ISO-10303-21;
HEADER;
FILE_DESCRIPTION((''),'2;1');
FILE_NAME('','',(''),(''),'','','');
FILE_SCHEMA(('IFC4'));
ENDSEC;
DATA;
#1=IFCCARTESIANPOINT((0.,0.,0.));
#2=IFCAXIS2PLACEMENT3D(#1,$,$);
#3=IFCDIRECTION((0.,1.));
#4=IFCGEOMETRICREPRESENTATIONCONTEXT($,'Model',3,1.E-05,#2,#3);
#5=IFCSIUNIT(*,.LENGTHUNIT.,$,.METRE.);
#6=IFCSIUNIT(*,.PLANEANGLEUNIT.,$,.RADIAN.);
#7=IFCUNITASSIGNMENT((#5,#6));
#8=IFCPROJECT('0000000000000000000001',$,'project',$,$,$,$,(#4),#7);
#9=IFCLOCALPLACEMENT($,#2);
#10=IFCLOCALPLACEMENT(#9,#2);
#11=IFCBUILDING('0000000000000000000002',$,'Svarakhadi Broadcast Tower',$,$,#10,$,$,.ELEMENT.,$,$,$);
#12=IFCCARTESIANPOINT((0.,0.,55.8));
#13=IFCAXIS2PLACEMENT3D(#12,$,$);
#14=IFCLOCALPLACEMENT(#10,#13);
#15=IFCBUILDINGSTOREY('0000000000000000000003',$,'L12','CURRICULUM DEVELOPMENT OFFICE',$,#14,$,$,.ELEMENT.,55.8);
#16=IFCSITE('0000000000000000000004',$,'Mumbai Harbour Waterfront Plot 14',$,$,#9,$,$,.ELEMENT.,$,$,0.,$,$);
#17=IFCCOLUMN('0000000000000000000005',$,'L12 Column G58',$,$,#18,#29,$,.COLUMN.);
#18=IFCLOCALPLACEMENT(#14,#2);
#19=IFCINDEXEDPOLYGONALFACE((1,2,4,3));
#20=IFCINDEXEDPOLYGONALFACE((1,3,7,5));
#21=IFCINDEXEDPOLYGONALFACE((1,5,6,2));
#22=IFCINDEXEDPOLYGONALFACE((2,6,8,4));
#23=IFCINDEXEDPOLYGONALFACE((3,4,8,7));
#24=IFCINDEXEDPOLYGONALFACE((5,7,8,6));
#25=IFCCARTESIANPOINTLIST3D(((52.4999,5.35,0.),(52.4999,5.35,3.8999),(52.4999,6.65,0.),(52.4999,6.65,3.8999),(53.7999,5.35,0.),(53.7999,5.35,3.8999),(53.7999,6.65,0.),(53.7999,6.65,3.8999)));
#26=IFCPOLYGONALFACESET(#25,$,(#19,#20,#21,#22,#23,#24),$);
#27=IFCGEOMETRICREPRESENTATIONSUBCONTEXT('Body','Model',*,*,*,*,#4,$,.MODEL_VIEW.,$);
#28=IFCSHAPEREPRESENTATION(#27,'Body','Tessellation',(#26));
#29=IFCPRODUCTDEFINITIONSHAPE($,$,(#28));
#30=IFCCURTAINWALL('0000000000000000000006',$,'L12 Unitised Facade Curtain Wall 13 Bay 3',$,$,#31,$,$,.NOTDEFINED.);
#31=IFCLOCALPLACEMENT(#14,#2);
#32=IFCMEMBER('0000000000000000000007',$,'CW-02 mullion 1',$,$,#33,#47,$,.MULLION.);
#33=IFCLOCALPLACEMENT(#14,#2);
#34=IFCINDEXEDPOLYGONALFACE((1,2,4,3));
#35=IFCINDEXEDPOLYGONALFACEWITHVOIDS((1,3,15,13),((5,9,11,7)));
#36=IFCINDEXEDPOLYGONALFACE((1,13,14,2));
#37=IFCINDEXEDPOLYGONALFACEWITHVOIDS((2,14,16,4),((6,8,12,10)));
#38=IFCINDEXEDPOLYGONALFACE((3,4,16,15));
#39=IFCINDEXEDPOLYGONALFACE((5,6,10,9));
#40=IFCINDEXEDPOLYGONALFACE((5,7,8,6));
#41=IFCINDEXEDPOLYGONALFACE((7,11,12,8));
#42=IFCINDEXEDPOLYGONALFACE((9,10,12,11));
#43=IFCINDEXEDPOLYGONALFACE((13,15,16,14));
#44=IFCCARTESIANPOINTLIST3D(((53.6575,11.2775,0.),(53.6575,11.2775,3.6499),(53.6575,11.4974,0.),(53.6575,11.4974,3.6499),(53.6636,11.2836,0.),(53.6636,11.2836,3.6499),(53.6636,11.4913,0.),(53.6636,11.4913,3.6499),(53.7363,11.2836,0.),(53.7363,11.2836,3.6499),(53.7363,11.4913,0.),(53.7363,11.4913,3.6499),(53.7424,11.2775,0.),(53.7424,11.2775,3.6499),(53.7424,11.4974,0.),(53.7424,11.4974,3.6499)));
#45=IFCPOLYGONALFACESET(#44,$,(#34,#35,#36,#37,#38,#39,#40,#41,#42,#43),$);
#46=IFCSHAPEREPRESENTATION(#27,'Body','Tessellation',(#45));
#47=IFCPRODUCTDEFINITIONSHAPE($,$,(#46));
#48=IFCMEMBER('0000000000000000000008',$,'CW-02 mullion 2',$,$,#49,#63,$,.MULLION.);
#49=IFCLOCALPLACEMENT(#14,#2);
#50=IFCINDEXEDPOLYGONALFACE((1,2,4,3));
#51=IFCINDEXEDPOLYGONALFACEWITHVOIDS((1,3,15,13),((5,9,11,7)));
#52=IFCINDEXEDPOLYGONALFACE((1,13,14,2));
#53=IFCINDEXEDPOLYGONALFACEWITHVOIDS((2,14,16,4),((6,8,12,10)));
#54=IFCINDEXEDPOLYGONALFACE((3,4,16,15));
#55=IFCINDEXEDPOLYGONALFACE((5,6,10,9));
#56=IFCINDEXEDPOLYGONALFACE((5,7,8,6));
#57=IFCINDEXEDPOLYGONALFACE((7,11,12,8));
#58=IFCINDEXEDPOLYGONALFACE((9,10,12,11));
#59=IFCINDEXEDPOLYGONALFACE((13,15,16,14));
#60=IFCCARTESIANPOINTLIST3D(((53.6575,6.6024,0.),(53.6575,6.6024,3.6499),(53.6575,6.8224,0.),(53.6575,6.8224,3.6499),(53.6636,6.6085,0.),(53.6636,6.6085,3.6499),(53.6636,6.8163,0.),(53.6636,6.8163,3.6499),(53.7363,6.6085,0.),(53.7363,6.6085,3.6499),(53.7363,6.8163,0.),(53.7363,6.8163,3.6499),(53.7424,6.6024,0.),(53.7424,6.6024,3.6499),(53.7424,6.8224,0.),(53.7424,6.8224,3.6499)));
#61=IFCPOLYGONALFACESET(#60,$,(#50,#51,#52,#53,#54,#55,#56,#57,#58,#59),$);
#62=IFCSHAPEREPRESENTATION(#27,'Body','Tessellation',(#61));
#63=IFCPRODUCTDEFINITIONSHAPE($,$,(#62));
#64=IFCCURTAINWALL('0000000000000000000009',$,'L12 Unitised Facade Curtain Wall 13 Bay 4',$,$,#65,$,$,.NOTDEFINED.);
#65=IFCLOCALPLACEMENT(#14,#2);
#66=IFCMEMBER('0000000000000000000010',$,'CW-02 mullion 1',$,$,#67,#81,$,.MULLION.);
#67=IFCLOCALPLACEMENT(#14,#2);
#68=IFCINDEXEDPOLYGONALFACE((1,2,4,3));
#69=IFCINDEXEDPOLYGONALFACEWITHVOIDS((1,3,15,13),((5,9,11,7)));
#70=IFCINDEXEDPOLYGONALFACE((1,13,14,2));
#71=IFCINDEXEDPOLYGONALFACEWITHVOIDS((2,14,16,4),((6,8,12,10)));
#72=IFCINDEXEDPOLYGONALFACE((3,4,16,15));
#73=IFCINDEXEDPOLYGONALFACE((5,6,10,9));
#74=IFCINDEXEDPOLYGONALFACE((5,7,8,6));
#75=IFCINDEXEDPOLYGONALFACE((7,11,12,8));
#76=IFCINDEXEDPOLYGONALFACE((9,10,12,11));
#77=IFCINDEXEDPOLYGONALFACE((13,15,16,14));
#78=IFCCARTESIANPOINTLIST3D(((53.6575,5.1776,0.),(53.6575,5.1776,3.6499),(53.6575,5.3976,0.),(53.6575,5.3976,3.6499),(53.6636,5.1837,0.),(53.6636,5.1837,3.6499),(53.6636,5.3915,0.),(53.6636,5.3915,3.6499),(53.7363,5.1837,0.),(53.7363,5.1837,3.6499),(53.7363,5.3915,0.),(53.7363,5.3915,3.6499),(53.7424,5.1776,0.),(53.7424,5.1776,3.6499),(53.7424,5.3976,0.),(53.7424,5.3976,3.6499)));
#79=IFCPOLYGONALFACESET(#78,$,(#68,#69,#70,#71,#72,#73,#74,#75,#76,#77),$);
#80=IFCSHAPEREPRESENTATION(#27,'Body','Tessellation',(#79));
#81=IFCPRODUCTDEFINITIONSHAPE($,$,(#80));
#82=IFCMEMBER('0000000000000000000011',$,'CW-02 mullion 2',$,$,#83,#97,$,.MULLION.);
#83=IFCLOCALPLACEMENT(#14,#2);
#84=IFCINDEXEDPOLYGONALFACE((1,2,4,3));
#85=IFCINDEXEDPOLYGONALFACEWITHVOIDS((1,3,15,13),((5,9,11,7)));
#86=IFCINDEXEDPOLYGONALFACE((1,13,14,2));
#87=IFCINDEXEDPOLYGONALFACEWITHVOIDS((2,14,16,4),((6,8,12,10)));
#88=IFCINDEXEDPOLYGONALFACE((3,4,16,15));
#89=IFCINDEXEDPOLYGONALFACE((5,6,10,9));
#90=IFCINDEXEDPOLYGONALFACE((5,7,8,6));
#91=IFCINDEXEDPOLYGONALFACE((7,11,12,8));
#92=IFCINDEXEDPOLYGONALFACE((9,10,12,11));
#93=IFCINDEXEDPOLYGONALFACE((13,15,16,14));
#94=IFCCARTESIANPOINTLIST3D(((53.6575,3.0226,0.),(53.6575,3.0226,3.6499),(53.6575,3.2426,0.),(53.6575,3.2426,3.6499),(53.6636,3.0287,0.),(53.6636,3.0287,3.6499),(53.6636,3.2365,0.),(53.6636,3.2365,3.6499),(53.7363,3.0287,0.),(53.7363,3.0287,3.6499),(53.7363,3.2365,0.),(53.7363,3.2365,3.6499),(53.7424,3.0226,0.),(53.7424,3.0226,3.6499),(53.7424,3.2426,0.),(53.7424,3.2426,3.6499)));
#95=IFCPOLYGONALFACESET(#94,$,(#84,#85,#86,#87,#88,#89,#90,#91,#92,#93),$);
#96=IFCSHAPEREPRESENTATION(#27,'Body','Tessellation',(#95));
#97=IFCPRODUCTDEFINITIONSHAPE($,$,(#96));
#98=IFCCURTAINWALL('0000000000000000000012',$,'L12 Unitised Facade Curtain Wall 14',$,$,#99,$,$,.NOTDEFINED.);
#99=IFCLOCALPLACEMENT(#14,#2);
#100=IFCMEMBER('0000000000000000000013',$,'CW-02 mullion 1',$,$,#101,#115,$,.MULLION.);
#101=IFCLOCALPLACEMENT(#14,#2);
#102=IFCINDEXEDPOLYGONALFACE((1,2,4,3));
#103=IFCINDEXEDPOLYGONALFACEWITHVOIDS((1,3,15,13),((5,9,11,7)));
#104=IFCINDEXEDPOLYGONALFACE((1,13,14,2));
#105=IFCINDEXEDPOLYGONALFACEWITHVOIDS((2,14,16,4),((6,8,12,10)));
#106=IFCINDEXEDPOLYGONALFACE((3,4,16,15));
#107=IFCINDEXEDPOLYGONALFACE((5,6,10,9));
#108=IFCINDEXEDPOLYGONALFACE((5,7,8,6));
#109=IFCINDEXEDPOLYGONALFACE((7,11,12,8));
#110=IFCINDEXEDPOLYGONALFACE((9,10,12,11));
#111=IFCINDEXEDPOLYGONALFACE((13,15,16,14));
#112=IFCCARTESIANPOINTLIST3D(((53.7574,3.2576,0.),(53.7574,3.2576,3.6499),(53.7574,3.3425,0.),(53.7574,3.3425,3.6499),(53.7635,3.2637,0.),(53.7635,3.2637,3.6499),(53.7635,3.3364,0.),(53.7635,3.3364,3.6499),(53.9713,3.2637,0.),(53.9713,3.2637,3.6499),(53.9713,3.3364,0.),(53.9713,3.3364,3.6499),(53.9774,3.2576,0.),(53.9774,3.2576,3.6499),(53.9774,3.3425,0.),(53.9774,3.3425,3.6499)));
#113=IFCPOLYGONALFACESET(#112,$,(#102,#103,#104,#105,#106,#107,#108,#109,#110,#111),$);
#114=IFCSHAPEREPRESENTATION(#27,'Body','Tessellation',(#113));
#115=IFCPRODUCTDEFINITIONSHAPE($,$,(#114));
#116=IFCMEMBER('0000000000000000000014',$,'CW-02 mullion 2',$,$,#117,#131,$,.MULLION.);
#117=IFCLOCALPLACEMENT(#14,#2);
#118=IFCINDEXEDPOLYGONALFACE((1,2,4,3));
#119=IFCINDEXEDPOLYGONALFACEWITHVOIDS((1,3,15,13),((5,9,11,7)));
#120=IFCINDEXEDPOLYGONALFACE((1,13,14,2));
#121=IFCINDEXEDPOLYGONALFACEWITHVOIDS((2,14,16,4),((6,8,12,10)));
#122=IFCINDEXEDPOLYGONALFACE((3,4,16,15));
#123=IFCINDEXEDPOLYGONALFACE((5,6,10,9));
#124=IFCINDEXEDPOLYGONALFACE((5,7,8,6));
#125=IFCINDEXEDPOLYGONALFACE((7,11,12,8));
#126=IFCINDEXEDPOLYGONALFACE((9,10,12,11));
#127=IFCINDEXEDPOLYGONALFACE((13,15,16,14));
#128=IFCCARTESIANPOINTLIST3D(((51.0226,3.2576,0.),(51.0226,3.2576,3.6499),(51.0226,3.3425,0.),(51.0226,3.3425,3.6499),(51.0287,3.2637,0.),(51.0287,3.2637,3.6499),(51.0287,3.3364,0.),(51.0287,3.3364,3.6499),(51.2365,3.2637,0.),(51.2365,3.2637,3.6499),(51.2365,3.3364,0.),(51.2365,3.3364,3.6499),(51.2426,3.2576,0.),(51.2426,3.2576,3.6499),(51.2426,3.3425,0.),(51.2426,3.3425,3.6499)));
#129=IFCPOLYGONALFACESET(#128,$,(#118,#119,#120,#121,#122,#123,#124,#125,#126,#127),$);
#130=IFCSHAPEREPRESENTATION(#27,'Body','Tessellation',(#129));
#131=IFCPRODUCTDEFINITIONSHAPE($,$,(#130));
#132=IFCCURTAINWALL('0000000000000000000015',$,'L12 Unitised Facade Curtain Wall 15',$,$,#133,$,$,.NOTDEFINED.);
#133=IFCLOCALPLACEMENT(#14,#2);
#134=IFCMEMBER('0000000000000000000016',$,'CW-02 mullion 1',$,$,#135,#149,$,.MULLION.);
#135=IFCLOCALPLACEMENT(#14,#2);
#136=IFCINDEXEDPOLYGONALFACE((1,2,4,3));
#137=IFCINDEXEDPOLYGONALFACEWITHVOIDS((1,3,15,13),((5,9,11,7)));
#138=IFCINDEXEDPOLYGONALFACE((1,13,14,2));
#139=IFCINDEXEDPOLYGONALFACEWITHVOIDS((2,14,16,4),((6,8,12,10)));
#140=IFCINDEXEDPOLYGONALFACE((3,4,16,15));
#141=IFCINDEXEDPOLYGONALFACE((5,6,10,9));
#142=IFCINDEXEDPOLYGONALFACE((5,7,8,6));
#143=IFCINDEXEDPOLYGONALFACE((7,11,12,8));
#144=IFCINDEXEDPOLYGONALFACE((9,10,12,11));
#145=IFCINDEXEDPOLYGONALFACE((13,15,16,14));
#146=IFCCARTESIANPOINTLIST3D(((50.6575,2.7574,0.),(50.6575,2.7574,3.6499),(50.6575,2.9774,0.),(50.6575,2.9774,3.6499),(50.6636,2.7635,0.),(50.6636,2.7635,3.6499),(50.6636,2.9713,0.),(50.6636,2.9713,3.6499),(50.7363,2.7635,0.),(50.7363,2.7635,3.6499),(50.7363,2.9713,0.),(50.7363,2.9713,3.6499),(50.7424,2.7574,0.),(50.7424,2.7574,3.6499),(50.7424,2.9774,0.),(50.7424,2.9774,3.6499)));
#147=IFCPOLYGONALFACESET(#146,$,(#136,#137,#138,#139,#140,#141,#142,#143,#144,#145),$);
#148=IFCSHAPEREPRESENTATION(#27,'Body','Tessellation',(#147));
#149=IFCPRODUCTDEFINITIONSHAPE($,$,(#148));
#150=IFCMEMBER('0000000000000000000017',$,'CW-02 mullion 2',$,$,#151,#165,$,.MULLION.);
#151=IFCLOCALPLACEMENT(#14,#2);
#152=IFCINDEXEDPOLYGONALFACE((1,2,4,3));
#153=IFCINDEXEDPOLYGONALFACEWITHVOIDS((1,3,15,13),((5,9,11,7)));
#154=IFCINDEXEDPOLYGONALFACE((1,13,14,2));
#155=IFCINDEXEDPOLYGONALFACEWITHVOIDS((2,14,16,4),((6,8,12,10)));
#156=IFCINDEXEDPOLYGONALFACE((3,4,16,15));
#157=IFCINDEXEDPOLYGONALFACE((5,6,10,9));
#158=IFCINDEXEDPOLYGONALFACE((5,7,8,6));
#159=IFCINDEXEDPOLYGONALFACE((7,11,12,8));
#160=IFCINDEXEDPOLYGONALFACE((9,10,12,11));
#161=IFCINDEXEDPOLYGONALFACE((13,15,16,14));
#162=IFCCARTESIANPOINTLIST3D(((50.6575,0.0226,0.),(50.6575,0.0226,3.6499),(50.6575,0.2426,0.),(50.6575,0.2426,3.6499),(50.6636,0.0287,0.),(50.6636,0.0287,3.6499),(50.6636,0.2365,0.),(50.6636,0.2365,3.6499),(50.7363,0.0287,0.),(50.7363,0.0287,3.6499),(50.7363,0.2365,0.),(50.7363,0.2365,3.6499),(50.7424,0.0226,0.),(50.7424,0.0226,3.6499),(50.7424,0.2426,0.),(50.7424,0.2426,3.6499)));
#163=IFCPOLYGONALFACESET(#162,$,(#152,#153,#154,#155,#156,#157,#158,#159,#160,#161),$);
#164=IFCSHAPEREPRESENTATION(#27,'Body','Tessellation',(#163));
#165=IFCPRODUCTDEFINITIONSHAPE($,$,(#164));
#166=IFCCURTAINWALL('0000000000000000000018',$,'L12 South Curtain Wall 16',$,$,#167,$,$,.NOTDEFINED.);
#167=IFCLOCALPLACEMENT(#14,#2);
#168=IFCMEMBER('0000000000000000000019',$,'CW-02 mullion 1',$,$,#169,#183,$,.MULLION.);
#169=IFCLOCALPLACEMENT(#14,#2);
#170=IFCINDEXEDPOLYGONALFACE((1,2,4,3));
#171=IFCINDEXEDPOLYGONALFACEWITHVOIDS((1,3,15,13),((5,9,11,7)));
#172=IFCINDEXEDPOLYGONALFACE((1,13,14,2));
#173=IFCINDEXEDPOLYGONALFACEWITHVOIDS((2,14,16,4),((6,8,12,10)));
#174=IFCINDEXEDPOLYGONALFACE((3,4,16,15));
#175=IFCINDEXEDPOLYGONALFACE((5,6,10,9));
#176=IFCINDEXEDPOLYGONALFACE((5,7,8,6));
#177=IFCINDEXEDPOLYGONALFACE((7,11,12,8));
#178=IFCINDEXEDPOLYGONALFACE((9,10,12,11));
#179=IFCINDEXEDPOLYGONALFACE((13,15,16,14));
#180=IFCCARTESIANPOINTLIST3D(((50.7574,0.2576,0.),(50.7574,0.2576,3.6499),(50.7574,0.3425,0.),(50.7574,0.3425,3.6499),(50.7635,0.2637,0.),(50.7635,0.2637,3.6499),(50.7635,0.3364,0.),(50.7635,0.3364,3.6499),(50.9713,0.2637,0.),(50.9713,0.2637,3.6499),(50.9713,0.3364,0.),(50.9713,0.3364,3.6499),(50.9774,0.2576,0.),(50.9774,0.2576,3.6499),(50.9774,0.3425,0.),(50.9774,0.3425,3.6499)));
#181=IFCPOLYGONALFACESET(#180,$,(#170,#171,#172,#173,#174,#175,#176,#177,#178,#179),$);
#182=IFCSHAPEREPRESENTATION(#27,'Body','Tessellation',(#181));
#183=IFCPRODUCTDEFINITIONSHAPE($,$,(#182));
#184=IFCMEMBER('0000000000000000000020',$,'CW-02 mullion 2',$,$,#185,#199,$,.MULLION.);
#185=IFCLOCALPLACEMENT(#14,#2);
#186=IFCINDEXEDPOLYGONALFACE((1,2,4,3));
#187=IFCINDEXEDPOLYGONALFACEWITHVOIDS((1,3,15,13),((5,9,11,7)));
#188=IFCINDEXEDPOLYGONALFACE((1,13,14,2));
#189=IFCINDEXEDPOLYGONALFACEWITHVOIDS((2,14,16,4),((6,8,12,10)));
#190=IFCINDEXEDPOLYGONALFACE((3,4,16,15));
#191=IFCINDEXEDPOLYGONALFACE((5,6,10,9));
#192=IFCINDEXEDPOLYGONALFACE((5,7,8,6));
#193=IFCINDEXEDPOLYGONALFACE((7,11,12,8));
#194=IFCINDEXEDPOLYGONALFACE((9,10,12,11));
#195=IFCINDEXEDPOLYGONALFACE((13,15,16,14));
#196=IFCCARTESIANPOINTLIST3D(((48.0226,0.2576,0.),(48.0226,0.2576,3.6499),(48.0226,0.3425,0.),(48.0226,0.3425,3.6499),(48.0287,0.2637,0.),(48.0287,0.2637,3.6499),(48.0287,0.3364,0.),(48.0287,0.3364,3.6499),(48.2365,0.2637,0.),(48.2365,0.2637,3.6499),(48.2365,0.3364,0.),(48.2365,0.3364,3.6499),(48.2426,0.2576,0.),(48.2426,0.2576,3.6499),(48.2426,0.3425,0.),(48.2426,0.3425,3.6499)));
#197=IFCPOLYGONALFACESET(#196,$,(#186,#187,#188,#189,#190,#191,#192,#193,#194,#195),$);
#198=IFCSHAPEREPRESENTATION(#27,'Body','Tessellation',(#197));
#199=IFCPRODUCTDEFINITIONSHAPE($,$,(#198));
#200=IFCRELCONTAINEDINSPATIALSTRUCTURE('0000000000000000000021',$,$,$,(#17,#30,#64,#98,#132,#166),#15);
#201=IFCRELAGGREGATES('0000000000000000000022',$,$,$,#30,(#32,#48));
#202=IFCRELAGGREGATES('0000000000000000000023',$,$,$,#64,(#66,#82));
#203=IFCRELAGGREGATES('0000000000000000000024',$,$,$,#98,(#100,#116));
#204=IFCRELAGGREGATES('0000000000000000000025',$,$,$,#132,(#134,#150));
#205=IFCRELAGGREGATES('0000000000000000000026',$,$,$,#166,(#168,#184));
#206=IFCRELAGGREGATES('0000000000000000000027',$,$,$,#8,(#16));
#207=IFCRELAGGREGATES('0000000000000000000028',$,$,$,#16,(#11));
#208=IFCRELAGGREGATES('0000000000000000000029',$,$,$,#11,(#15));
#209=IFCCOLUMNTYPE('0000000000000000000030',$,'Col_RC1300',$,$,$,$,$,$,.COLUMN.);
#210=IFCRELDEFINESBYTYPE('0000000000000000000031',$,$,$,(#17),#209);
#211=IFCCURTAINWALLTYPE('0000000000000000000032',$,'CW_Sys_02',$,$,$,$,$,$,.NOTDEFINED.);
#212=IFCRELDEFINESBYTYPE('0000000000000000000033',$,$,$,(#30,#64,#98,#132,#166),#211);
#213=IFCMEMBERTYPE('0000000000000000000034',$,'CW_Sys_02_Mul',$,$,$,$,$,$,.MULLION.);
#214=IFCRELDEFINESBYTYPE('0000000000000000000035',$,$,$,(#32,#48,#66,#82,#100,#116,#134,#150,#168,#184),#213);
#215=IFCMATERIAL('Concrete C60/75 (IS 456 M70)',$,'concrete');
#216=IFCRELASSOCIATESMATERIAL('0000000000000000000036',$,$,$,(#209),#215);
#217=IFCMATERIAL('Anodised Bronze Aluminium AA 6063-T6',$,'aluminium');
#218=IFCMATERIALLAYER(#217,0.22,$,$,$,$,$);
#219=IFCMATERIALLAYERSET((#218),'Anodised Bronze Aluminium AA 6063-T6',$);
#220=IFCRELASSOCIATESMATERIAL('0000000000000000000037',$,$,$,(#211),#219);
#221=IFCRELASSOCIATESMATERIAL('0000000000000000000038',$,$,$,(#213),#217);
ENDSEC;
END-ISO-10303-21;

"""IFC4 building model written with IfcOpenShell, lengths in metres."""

from ifc_helpers import new_model, si_unit, direction, frame, origin, origin_2d, place, context, subcontext, project, spatial, rectangle, hollow_rectangle, extrude, material, layer, layer_set, material_profile, profile_set, type_object, element, aggregate, save


model = new_model("IFC4")

# Units and contexts
model_context = context("Model", 3, precision=1e-05, world=origin(), true_north=direction((0.0, 1.0)))
body_context = subcontext(model_context, "Body", "Model", "MODEL_VIEW")
ifc_project = project(units=[si_unit("LENGTHUNIT", "METRE"), si_unit("PLANEANGLEUNIT", "RADIAN")], contexts=[model_context])

# Site, building, storey
site_placement = place(None, origin())
site = spatial("IfcSite", under=ifc_project, at=site_placement, Name="Mumbai Harbour Waterfront Plot 14", CompositionType="ELEMENT", RefElevation=0.0)
building_placement = place(site_placement, origin())
building = spatial("IfcBuilding", under=site, at=building_placement, Name="Svarakhadi Broadcast Tower", CompositionType="ELEMENT")
storey_placement = place(building_placement, frame((0.0, 0.0, 55.8)))
storey = spatial("IfcBuildingStorey", under=building, at=storey_placement, Name="L12", Description="CURRICULUM DEVELOPMENT OFFICE", CompositionType="ELEMENT", Elevation=55.8)

# Column
ifc_material_1 = material(Name="Concrete C60/75 (IS 456 M70)", Category="concrete")
ifc_material_profile_1 = material_profile(ifc_material_1, rectangle(XDim=1.3, YDim=1.3, at=origin_2d()), Name="RC 1300x1300")
ifc_profile_set_1 = profile_set([ifc_material_profile_1], Name="Concrete C60/75 (IS 456 M70)")
column_type = type_object("IfcColumnType", Name="Col_RC1300", PredefinedType="COLUMN", material=ifc_profile_set_1)
column_placement = place(storey_placement, frame((53.1499, 6.0, 0.0), z_axis=(0.0, 0.0, 1.0), x_axis=(1.0, 0.0, 0.0)))
element("IfcColumn", 1, at=column_placement, inside=storey, type_object=column_type, Name="L12 Column G58", PredefinedType="COLUMN", context=body_context, shape_type="SweptSolid", body=[
    extrude(rectangle(XDim=1.3, YDim=1.3, at=origin_2d()), origin(), (0.0, 0.0, 1.0), 3.8999),
])

# Curtain walls, members
ifc_material_2 = material(Name="Anodised Bronze Aluminium AA 6063-T6", Category="aluminium")
ifc_layer_1 = layer(ifc_material_2, 0.22)
ifc_layer_set_1 = layer_set([ifc_layer_1], Name="Anodised Bronze Aluminium AA 6063-T6")
curtain_wall_type = type_object("IfcCurtainWallType", Name="CW_Sys_02", PredefinedType="NOTDEFINED", material=ifc_layer_set_1)
curtain_wall_1_placement = place(storey_placement, origin())
curtain_wall_1 = element("IfcCurtainWall", 2, at=curtain_wall_1_placement, inside=storey, type_object=curtain_wall_type, Name="L12 Unitised Facade Curtain Wall 13 Bay 3", PredefinedType="NOTDEFINED")
ifc_material_profile_2 = material_profile(ifc_material_2, hollow_rectangle(XDim=0.085, YDim=0.22, WallThickness=0.0061, at=origin_2d()), Name="ALU MULLION 220x85x6")
ifc_profile_set_2 = profile_set([ifc_material_profile_2], Name="Anodised Bronze Aluminium AA 6063-T6")
member_type_1 = type_object("IfcMemberType", Name="CW_Sys_02_Mul", PredefinedType="MULLION", material=ifc_profile_set_2)
member_1_placement = place(storey_placement, frame((53.7, 11.3875, 0.0), z_axis=(0.0, 0.0, 1.0), x_axis=(1.0, 0.0, 0.0)))
member_1 = element("IfcMember", 3, at=member_1_placement, type_object=member_type_1, Name="CW-02 mullion 1", PredefinedType="MULLION", context=body_context, shape_type="SweptSolid", body=[
    extrude(hollow_rectangle(XDim=0.085, YDim=0.22, WallThickness=0.0061, at=origin_2d()), origin(), (0.0, 0.0, 1.0), 3.6499),
])
member_2_placement = place(storey_placement, frame((53.7, 6.7124, 0.0), z_axis=(0.0, 0.0, 1.0), x_axis=(1.0, 0.0, 0.0)))
member_2 = element("IfcMember", 4, at=member_2_placement, type_object=member_type_1, Name="CW-02 mullion 2", PredefinedType="MULLION", context=body_context, shape_type="SweptSolid", body=[
    extrude(hollow_rectangle(XDim=0.085, YDim=0.22, WallThickness=0.0061, at=origin_2d()), origin(), (0.0, 0.0, 1.0), 3.6499),
])
curtain_wall_2_placement = place(storey_placement, origin())
curtain_wall_2 = element("IfcCurtainWall", 5, at=curtain_wall_2_placement, inside=storey, type_object=curtain_wall_type, Name="L12 Unitised Facade Curtain Wall 13 Bay 4", PredefinedType="NOTDEFINED")
member_3_placement = place(storey_placement, frame((53.7, 5.2876, 0.0), z_axis=(0.0, 0.0, 1.0), x_axis=(1.0, 0.0, 0.0)))
member_3 = element("IfcMember", 6, at=member_3_placement, type_object=member_type_1, Name="CW-02 mullion 1", PredefinedType="MULLION", context=body_context, shape_type="SweptSolid", body=[
    extrude(hollow_rectangle(XDim=0.085, YDim=0.22, WallThickness=0.0061, at=origin_2d()), origin(), (0.0, 0.0, 1.0), 3.6499),
])
member_4_placement = place(storey_placement, frame((53.7, 3.1326, 0.0), z_axis=(0.0, 0.0, 1.0), x_axis=(1.0, 0.0, 0.0)))
member_4 = element("IfcMember", 7, at=member_4_placement, type_object=member_type_1, Name="CW-02 mullion 2", PredefinedType="MULLION", context=body_context, shape_type="SweptSolid", body=[
    extrude(hollow_rectangle(XDim=0.085, YDim=0.22, WallThickness=0.0061, at=origin_2d()), origin(), (0.0, 0.0, 1.0), 3.6499),
])
curtain_wall_3_placement = place(storey_placement, origin())
curtain_wall_3 = element("IfcCurtainWall", 8, at=curtain_wall_3_placement, inside=storey, type_object=curtain_wall_type, Name="L12 Unitised Facade Curtain Wall 14", PredefinedType="NOTDEFINED")
member_5_placement = place(storey_placement, frame((53.8674, 3.3, 0.0), z_axis=(0.0, 0.0, 1.0), x_axis=(0.0, -1.0, 0.0)))
member_5 = element("IfcMember", 9, at=member_5_placement, type_object=member_type_1, Name="CW-02 mullion 1", PredefinedType="MULLION", context=body_context, shape_type="SweptSolid", body=[
    extrude(hollow_rectangle(XDim=0.085, YDim=0.22, WallThickness=0.0061, at=origin_2d()), origin(), (0.0, 0.0, 1.0), 3.6499),
])
member_6_placement = place(storey_placement, frame((51.1326, 3.3, 0.0), z_axis=(0.0, 0.0, 1.0), x_axis=(0.0, -1.0, 0.0)))
member_6 = element("IfcMember", 10, at=member_6_placement, type_object=member_type_1, Name="CW-02 mullion 2", PredefinedType="MULLION", context=body_context, shape_type="SweptSolid", body=[
    extrude(hollow_rectangle(XDim=0.085, YDim=0.22, WallThickness=0.0061, at=origin_2d()), origin(), (0.0, 0.0, 1.0), 3.6499),
])
curtain_wall_4_placement = place(storey_placement, origin())
curtain_wall_4 = element("IfcCurtainWall", 11, at=curtain_wall_4_placement, inside=storey, type_object=curtain_wall_type, Name="L12 Unitised Facade Curtain Wall 15", PredefinedType="NOTDEFINED")
member_7_placement = place(storey_placement, frame((50.7, 2.8674, 0.0), z_axis=(0.0, 0.0, 1.0), x_axis=(1.0, 0.0, 0.0)))
member_7 = element("IfcMember", 12, at=member_7_placement, type_object=member_type_1, Name="CW-02 mullion 1", PredefinedType="MULLION", context=body_context, shape_type="SweptSolid", body=[
    extrude(hollow_rectangle(XDim=0.085, YDim=0.22, WallThickness=0.0061, at=origin_2d()), origin(), (0.0, 0.0, 1.0), 3.6499),
])
member_8_placement = place(storey_placement, frame((50.7, 0.1326, 0.0), z_axis=(0.0, 0.0, 1.0), x_axis=(1.0, 0.0, 0.0)))
member_8 = element("IfcMember", 13, at=member_8_placement, type_object=member_type_1, Name="CW-02 mullion 2", PredefinedType="MULLION", context=body_context, shape_type="SweptSolid", body=[
    extrude(hollow_rectangle(XDim=0.085, YDim=0.22, WallThickness=0.0061, at=origin_2d()), origin(), (0.0, 0.0, 1.0), 3.6499),
])
curtain_wall_5_placement = place(storey_placement, origin())
curtain_wall_5 = element("IfcCurtainWall", 14, at=curtain_wall_5_placement, inside=storey, type_object=curtain_wall_type, Name="L12 South Curtain Wall 16", PredefinedType="NOTDEFINED")
member_9_placement = place(storey_placement, frame((50.8674, 0.3, 0.0), z_axis=(0.0, 0.0, 1.0), x_axis=(0.0, -1.0, 0.0)))
member_9 = element("IfcMember", 15, at=member_9_placement, type_object=member_type_1, Name="CW-02 mullion 1", PredefinedType="MULLION", context=body_context, shape_type="SweptSolid", body=[
    extrude(hollow_rectangle(XDim=0.085, YDim=0.22, WallThickness=0.0061, at=origin_2d()), origin(), (0.0, 0.0, 1.0), 3.6499),
])
member_10_placement = place(storey_placement, frame((48.1326, 0.3, 0.0), z_axis=(0.0, 0.0, 1.0), x_axis=(0.0, -1.0, 0.0)))
member_10 = element("IfcMember", 16, at=member_10_placement, type_object=member_type_1, Name="CW-02 mullion 2", PredefinedType="MULLION", context=body_context, shape_type="SweptSolid", body=[
    extrude(hollow_rectangle(XDim=0.085, YDim=0.22, WallThickness=0.0061, at=origin_2d()), origin(), (0.0, 0.0, 1.0), 3.6499),
])

aggregate(curtain_wall_1, [member_1, member_2])
aggregate(curtain_wall_2, [member_3, member_4])
aggregate(curtain_wall_3, [member_5, member_6])
aggregate(curtain_wall_4, [member_7, member_8])
aggregate(curtain_wall_5, [member_9, member_10])

save(model, "model.ifc")
